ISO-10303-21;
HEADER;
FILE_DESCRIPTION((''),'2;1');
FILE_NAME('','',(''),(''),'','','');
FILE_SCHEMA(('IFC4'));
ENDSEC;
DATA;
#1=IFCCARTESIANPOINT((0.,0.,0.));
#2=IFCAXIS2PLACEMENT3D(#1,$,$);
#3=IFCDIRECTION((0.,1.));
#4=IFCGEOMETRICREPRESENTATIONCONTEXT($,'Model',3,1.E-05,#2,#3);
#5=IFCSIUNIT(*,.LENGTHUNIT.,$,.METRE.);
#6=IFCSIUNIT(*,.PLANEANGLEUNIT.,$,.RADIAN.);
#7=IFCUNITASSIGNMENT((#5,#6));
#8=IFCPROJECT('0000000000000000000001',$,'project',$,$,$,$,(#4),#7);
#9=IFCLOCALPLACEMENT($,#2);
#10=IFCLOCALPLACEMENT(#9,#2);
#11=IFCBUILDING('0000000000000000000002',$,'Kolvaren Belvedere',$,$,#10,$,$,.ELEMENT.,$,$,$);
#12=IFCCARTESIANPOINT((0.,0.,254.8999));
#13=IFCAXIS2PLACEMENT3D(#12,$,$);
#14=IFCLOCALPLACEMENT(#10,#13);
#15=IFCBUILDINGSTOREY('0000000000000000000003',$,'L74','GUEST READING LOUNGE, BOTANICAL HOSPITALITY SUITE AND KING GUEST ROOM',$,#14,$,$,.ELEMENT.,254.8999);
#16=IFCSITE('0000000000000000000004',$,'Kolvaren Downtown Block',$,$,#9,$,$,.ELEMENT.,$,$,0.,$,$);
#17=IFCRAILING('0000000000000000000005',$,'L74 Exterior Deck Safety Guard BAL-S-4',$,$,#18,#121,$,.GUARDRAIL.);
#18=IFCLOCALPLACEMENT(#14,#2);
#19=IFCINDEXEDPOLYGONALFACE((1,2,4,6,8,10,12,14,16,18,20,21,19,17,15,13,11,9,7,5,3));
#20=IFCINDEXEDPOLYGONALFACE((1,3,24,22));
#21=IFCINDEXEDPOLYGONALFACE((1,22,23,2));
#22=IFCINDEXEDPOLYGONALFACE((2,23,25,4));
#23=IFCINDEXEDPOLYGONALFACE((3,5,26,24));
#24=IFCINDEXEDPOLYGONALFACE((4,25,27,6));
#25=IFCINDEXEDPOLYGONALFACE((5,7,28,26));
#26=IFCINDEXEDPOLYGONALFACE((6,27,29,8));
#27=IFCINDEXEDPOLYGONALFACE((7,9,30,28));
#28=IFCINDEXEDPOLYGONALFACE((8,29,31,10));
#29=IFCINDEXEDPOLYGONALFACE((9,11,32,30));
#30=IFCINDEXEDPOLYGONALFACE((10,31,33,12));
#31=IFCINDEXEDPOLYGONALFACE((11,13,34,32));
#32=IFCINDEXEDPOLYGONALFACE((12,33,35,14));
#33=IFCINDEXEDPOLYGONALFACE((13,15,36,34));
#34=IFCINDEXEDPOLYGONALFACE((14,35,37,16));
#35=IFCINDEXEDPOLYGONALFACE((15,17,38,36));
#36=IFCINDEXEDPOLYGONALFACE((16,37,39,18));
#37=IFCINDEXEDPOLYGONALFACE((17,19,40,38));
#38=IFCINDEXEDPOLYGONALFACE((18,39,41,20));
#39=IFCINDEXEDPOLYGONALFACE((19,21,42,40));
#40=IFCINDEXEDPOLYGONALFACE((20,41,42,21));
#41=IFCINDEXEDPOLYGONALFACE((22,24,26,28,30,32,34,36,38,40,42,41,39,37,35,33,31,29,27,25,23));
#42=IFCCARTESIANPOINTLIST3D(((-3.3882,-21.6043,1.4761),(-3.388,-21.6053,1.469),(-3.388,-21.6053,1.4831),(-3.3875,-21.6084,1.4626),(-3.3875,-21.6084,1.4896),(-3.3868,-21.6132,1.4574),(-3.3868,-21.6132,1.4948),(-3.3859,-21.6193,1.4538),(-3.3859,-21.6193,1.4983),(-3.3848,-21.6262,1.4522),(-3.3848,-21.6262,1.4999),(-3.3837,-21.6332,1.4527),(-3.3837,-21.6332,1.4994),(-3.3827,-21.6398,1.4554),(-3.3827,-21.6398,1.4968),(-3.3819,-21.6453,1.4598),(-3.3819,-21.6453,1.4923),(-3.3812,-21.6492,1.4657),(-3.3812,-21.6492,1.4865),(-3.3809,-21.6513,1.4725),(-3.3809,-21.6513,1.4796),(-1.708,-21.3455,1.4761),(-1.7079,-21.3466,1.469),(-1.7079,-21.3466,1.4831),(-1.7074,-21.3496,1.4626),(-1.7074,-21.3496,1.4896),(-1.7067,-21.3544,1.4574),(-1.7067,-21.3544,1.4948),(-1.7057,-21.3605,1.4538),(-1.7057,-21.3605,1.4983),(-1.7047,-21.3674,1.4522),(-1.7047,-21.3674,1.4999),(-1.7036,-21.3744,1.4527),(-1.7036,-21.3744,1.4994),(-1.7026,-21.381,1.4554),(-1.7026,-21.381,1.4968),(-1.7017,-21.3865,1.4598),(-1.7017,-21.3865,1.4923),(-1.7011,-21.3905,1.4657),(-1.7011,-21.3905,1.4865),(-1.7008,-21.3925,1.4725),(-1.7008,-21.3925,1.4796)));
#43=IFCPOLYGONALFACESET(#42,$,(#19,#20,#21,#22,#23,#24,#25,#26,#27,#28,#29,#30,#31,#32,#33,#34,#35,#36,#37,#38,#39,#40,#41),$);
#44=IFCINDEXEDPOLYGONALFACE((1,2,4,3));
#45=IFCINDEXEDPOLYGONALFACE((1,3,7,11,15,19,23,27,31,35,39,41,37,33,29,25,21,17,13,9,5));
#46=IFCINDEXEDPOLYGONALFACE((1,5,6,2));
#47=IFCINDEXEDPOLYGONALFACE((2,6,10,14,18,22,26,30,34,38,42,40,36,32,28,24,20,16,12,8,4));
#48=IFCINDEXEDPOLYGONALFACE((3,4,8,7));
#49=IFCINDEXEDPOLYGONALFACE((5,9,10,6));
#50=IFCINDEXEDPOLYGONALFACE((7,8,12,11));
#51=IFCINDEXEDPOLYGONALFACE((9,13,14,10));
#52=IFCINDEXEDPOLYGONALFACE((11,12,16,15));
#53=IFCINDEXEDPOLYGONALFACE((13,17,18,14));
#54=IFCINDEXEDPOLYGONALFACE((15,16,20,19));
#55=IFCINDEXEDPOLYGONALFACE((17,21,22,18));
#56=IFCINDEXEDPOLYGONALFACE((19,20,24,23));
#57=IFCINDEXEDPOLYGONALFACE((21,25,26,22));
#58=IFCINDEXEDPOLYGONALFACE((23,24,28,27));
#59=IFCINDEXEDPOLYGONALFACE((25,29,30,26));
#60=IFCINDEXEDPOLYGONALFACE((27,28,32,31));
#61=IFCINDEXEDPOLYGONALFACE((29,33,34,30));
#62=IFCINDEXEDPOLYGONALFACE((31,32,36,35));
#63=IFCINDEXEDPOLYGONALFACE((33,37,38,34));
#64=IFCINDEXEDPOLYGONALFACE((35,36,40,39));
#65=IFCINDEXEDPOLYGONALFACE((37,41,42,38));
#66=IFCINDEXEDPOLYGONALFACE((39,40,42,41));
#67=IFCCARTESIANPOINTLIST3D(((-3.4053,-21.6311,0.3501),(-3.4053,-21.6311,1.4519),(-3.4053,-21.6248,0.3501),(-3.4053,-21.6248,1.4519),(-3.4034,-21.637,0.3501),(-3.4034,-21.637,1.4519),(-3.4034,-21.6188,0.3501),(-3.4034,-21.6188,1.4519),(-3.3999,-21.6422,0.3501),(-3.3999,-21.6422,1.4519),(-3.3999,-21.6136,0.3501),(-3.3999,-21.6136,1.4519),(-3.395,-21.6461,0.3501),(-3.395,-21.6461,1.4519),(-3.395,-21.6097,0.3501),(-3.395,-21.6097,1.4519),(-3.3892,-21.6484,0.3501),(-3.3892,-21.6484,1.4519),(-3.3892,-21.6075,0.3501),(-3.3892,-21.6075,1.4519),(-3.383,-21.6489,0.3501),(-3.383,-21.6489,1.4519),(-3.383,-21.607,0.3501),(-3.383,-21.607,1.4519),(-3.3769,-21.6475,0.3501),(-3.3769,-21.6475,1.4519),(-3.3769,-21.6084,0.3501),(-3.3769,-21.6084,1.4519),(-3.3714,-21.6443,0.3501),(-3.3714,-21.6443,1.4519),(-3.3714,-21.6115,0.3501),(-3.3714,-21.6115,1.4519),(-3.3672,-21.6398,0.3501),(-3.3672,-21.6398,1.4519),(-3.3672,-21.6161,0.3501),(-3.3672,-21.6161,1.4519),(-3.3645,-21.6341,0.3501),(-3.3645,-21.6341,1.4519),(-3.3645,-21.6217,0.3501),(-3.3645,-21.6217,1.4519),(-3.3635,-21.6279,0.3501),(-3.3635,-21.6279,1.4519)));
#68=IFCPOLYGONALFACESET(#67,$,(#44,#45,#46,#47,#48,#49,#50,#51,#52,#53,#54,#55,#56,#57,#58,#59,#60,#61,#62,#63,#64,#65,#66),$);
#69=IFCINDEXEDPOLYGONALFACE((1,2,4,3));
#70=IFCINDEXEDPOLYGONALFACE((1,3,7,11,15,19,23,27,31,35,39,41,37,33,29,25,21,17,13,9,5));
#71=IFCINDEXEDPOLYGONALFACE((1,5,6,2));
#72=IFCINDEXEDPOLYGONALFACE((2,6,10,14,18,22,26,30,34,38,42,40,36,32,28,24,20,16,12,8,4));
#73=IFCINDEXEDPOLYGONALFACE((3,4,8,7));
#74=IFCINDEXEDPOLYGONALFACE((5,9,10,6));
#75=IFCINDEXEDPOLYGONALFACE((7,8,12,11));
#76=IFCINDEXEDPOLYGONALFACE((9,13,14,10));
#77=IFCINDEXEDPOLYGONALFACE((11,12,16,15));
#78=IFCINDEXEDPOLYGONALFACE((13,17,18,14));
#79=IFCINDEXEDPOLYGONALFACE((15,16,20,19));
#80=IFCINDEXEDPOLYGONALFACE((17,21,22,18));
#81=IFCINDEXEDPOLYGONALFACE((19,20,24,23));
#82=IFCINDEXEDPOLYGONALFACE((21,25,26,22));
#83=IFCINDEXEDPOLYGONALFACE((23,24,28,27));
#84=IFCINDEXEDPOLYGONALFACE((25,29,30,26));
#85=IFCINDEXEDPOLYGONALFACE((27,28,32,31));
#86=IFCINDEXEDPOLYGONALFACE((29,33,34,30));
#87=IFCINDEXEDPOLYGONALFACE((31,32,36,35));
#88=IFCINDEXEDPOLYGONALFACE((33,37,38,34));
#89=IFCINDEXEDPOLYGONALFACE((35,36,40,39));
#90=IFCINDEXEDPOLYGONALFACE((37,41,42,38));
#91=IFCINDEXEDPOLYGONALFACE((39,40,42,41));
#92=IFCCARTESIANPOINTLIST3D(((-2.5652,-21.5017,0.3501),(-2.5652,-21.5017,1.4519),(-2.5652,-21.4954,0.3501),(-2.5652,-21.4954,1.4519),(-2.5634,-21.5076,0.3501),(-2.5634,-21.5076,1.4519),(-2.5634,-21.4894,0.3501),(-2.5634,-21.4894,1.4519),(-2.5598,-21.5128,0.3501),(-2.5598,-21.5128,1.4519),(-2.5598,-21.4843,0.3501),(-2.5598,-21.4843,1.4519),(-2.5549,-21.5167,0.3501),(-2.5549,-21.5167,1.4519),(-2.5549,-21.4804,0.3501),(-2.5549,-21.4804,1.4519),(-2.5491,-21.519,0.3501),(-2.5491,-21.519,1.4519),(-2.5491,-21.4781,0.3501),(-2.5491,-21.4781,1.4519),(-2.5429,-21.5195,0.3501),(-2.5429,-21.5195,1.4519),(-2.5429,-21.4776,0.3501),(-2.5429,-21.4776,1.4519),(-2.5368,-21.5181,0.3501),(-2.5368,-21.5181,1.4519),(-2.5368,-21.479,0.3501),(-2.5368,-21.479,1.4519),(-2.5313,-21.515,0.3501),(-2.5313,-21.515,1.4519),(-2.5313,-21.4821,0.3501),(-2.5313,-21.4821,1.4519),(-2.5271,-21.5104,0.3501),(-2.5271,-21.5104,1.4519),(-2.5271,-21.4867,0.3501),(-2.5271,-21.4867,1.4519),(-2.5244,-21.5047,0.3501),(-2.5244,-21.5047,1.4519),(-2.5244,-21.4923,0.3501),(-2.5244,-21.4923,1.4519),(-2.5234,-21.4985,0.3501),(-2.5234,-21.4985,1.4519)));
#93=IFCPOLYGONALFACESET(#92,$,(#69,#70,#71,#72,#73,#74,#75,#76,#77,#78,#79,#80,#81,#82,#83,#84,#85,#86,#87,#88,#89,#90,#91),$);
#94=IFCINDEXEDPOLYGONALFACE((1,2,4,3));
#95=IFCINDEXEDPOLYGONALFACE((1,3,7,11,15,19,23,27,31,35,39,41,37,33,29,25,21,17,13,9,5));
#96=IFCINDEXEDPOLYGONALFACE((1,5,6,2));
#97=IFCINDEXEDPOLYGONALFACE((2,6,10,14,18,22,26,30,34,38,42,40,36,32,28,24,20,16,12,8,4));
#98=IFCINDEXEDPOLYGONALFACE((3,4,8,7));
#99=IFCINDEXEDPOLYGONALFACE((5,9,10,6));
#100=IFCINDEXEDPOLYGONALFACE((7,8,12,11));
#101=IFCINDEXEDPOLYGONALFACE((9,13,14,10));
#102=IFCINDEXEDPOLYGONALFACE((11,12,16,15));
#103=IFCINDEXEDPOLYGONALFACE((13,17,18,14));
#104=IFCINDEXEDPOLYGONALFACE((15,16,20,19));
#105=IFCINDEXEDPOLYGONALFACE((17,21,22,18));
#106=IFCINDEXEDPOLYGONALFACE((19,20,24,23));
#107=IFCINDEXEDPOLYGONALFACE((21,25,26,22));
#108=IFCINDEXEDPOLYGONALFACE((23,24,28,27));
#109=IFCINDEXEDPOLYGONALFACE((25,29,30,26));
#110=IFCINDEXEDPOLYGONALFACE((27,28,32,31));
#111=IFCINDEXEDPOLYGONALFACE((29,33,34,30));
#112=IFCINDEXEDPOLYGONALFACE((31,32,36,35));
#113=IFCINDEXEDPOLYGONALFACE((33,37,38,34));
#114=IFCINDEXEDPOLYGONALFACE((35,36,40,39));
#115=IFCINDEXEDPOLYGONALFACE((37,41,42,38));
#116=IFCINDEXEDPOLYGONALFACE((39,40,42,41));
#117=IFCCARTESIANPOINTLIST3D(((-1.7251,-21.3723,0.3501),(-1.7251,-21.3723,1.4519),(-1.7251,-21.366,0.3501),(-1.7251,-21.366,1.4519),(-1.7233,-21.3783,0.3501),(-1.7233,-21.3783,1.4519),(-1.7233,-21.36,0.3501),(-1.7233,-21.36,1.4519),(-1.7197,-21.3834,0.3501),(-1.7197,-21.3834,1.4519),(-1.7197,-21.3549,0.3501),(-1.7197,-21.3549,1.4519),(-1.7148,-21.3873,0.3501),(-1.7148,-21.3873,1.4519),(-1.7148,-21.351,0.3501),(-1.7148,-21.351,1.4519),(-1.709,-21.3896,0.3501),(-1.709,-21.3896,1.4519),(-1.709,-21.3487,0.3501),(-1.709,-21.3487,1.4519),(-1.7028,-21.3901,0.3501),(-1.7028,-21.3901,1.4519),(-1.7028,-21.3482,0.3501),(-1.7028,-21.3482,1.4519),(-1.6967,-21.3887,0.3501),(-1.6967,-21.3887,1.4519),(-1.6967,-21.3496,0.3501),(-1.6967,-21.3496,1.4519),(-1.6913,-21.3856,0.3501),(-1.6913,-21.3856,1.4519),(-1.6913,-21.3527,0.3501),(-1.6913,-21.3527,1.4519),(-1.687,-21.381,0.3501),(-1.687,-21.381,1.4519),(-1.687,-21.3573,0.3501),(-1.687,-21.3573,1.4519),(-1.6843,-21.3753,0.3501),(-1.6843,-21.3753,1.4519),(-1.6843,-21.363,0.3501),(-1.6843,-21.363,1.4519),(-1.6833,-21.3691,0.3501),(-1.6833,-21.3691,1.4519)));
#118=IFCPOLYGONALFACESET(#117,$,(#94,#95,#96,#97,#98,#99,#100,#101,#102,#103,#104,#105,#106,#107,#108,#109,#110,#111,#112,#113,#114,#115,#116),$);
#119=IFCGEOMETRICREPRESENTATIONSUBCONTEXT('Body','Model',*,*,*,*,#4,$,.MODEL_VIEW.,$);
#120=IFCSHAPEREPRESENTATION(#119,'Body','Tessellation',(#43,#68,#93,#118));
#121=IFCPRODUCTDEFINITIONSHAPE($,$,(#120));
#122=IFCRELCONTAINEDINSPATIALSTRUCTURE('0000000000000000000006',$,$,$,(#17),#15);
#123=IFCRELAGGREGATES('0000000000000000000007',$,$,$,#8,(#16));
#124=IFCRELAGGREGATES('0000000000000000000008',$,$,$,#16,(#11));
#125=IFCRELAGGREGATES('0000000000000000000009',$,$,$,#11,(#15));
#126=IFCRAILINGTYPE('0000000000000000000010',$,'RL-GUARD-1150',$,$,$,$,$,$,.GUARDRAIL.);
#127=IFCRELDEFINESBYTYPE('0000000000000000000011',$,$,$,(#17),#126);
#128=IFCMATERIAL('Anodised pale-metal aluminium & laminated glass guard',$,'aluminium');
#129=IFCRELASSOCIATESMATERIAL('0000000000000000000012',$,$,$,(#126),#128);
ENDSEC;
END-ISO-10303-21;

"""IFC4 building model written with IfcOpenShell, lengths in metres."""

from ifc_helpers import new_model, si_unit, direction, frame, origin, origin_2d, place, context, subcontext, project, spatial, circle, extrude, material, type_object, element, save


model = new_model("IFC4")

# Units and contexts
model_context = context("Model", 3, precision=1e-05, world=origin(), true_north=direction((0.0, 1.0)))
body_context = subcontext(model_context, "Body", "Model", "MODEL_VIEW")
ifc_project = project(units=[si_unit("LENGTHUNIT", "METRE"), si_unit("PLANEANGLEUNIT", "RADIAN")], contexts=[model_context])

# Site, building, storey
site_placement = place(None, origin())
site = spatial("IfcSite", under=ifc_project, at=site_placement, Name="Kolvaren Downtown Block", CompositionType="ELEMENT", RefElevation=0.0)
building_placement = place(site_placement, origin())
building = spatial("IfcBuilding", under=site, at=building_placement, Name="Kolvaren Belvedere", CompositionType="ELEMENT")
storey_placement = place(building_placement, frame((0.0, 0.0, 254.8999)))
storey = spatial("IfcBuildingStorey", under=building, at=storey_placement, Name="L74", Description="GUEST READING LOUNGE, BOTANICAL HOSPITALITY SUITE AND KING GUEST ROOM", CompositionType="ELEMENT", Elevation=254.8999)

# Railing
ifc_material_1 = material(Name="Anodised pale-metal aluminium & laminated glass guard", Category="aluminium")
railing_type = type_object("IfcRailingType", Name="RL-GUARD-1150", PredefinedType="GUARDRAIL", material=ifc_material_1)
railing_1_placement = place(storey_placement, frame((-3.3845, -21.6279, 0.3501)))
element("IfcRailing", 1, at=railing_1_placement, inside=storey, type_object=railing_type, Name="L74 Exterior Deck Safety Guard BAL-S-4", PredefinedType="GUARDRAIL", context=body_context, shape_type="SweptSolid", body=[
    extrude(circle(Radius=0.0239, at=origin_2d()), frame((0.0, 0.0, 1.126), z_axis=(0.988345, 0.15223, 0.0), x_axis=(-0.15223, 0.988345, 0.0)), (0.0, 0.0, 1.0), 1.7),
    extrude(circle(Radius=0.021, at=origin_2d()), origin(), (0.0, 0.0, 1.0), 1.1018),
    extrude(circle(Radius=0.021, at=origin_2d()), frame((0.8401, 0.1294, 0.0)), (0.0, 0.0, 1.0), 1.1018),
    extrude(circle(Radius=0.021, at=origin_2d()), frame((1.6802, 0.2588, 0.0)), (0.0, 0.0, 1.0), 1.1018),
])

save(model, "model.ifc")
